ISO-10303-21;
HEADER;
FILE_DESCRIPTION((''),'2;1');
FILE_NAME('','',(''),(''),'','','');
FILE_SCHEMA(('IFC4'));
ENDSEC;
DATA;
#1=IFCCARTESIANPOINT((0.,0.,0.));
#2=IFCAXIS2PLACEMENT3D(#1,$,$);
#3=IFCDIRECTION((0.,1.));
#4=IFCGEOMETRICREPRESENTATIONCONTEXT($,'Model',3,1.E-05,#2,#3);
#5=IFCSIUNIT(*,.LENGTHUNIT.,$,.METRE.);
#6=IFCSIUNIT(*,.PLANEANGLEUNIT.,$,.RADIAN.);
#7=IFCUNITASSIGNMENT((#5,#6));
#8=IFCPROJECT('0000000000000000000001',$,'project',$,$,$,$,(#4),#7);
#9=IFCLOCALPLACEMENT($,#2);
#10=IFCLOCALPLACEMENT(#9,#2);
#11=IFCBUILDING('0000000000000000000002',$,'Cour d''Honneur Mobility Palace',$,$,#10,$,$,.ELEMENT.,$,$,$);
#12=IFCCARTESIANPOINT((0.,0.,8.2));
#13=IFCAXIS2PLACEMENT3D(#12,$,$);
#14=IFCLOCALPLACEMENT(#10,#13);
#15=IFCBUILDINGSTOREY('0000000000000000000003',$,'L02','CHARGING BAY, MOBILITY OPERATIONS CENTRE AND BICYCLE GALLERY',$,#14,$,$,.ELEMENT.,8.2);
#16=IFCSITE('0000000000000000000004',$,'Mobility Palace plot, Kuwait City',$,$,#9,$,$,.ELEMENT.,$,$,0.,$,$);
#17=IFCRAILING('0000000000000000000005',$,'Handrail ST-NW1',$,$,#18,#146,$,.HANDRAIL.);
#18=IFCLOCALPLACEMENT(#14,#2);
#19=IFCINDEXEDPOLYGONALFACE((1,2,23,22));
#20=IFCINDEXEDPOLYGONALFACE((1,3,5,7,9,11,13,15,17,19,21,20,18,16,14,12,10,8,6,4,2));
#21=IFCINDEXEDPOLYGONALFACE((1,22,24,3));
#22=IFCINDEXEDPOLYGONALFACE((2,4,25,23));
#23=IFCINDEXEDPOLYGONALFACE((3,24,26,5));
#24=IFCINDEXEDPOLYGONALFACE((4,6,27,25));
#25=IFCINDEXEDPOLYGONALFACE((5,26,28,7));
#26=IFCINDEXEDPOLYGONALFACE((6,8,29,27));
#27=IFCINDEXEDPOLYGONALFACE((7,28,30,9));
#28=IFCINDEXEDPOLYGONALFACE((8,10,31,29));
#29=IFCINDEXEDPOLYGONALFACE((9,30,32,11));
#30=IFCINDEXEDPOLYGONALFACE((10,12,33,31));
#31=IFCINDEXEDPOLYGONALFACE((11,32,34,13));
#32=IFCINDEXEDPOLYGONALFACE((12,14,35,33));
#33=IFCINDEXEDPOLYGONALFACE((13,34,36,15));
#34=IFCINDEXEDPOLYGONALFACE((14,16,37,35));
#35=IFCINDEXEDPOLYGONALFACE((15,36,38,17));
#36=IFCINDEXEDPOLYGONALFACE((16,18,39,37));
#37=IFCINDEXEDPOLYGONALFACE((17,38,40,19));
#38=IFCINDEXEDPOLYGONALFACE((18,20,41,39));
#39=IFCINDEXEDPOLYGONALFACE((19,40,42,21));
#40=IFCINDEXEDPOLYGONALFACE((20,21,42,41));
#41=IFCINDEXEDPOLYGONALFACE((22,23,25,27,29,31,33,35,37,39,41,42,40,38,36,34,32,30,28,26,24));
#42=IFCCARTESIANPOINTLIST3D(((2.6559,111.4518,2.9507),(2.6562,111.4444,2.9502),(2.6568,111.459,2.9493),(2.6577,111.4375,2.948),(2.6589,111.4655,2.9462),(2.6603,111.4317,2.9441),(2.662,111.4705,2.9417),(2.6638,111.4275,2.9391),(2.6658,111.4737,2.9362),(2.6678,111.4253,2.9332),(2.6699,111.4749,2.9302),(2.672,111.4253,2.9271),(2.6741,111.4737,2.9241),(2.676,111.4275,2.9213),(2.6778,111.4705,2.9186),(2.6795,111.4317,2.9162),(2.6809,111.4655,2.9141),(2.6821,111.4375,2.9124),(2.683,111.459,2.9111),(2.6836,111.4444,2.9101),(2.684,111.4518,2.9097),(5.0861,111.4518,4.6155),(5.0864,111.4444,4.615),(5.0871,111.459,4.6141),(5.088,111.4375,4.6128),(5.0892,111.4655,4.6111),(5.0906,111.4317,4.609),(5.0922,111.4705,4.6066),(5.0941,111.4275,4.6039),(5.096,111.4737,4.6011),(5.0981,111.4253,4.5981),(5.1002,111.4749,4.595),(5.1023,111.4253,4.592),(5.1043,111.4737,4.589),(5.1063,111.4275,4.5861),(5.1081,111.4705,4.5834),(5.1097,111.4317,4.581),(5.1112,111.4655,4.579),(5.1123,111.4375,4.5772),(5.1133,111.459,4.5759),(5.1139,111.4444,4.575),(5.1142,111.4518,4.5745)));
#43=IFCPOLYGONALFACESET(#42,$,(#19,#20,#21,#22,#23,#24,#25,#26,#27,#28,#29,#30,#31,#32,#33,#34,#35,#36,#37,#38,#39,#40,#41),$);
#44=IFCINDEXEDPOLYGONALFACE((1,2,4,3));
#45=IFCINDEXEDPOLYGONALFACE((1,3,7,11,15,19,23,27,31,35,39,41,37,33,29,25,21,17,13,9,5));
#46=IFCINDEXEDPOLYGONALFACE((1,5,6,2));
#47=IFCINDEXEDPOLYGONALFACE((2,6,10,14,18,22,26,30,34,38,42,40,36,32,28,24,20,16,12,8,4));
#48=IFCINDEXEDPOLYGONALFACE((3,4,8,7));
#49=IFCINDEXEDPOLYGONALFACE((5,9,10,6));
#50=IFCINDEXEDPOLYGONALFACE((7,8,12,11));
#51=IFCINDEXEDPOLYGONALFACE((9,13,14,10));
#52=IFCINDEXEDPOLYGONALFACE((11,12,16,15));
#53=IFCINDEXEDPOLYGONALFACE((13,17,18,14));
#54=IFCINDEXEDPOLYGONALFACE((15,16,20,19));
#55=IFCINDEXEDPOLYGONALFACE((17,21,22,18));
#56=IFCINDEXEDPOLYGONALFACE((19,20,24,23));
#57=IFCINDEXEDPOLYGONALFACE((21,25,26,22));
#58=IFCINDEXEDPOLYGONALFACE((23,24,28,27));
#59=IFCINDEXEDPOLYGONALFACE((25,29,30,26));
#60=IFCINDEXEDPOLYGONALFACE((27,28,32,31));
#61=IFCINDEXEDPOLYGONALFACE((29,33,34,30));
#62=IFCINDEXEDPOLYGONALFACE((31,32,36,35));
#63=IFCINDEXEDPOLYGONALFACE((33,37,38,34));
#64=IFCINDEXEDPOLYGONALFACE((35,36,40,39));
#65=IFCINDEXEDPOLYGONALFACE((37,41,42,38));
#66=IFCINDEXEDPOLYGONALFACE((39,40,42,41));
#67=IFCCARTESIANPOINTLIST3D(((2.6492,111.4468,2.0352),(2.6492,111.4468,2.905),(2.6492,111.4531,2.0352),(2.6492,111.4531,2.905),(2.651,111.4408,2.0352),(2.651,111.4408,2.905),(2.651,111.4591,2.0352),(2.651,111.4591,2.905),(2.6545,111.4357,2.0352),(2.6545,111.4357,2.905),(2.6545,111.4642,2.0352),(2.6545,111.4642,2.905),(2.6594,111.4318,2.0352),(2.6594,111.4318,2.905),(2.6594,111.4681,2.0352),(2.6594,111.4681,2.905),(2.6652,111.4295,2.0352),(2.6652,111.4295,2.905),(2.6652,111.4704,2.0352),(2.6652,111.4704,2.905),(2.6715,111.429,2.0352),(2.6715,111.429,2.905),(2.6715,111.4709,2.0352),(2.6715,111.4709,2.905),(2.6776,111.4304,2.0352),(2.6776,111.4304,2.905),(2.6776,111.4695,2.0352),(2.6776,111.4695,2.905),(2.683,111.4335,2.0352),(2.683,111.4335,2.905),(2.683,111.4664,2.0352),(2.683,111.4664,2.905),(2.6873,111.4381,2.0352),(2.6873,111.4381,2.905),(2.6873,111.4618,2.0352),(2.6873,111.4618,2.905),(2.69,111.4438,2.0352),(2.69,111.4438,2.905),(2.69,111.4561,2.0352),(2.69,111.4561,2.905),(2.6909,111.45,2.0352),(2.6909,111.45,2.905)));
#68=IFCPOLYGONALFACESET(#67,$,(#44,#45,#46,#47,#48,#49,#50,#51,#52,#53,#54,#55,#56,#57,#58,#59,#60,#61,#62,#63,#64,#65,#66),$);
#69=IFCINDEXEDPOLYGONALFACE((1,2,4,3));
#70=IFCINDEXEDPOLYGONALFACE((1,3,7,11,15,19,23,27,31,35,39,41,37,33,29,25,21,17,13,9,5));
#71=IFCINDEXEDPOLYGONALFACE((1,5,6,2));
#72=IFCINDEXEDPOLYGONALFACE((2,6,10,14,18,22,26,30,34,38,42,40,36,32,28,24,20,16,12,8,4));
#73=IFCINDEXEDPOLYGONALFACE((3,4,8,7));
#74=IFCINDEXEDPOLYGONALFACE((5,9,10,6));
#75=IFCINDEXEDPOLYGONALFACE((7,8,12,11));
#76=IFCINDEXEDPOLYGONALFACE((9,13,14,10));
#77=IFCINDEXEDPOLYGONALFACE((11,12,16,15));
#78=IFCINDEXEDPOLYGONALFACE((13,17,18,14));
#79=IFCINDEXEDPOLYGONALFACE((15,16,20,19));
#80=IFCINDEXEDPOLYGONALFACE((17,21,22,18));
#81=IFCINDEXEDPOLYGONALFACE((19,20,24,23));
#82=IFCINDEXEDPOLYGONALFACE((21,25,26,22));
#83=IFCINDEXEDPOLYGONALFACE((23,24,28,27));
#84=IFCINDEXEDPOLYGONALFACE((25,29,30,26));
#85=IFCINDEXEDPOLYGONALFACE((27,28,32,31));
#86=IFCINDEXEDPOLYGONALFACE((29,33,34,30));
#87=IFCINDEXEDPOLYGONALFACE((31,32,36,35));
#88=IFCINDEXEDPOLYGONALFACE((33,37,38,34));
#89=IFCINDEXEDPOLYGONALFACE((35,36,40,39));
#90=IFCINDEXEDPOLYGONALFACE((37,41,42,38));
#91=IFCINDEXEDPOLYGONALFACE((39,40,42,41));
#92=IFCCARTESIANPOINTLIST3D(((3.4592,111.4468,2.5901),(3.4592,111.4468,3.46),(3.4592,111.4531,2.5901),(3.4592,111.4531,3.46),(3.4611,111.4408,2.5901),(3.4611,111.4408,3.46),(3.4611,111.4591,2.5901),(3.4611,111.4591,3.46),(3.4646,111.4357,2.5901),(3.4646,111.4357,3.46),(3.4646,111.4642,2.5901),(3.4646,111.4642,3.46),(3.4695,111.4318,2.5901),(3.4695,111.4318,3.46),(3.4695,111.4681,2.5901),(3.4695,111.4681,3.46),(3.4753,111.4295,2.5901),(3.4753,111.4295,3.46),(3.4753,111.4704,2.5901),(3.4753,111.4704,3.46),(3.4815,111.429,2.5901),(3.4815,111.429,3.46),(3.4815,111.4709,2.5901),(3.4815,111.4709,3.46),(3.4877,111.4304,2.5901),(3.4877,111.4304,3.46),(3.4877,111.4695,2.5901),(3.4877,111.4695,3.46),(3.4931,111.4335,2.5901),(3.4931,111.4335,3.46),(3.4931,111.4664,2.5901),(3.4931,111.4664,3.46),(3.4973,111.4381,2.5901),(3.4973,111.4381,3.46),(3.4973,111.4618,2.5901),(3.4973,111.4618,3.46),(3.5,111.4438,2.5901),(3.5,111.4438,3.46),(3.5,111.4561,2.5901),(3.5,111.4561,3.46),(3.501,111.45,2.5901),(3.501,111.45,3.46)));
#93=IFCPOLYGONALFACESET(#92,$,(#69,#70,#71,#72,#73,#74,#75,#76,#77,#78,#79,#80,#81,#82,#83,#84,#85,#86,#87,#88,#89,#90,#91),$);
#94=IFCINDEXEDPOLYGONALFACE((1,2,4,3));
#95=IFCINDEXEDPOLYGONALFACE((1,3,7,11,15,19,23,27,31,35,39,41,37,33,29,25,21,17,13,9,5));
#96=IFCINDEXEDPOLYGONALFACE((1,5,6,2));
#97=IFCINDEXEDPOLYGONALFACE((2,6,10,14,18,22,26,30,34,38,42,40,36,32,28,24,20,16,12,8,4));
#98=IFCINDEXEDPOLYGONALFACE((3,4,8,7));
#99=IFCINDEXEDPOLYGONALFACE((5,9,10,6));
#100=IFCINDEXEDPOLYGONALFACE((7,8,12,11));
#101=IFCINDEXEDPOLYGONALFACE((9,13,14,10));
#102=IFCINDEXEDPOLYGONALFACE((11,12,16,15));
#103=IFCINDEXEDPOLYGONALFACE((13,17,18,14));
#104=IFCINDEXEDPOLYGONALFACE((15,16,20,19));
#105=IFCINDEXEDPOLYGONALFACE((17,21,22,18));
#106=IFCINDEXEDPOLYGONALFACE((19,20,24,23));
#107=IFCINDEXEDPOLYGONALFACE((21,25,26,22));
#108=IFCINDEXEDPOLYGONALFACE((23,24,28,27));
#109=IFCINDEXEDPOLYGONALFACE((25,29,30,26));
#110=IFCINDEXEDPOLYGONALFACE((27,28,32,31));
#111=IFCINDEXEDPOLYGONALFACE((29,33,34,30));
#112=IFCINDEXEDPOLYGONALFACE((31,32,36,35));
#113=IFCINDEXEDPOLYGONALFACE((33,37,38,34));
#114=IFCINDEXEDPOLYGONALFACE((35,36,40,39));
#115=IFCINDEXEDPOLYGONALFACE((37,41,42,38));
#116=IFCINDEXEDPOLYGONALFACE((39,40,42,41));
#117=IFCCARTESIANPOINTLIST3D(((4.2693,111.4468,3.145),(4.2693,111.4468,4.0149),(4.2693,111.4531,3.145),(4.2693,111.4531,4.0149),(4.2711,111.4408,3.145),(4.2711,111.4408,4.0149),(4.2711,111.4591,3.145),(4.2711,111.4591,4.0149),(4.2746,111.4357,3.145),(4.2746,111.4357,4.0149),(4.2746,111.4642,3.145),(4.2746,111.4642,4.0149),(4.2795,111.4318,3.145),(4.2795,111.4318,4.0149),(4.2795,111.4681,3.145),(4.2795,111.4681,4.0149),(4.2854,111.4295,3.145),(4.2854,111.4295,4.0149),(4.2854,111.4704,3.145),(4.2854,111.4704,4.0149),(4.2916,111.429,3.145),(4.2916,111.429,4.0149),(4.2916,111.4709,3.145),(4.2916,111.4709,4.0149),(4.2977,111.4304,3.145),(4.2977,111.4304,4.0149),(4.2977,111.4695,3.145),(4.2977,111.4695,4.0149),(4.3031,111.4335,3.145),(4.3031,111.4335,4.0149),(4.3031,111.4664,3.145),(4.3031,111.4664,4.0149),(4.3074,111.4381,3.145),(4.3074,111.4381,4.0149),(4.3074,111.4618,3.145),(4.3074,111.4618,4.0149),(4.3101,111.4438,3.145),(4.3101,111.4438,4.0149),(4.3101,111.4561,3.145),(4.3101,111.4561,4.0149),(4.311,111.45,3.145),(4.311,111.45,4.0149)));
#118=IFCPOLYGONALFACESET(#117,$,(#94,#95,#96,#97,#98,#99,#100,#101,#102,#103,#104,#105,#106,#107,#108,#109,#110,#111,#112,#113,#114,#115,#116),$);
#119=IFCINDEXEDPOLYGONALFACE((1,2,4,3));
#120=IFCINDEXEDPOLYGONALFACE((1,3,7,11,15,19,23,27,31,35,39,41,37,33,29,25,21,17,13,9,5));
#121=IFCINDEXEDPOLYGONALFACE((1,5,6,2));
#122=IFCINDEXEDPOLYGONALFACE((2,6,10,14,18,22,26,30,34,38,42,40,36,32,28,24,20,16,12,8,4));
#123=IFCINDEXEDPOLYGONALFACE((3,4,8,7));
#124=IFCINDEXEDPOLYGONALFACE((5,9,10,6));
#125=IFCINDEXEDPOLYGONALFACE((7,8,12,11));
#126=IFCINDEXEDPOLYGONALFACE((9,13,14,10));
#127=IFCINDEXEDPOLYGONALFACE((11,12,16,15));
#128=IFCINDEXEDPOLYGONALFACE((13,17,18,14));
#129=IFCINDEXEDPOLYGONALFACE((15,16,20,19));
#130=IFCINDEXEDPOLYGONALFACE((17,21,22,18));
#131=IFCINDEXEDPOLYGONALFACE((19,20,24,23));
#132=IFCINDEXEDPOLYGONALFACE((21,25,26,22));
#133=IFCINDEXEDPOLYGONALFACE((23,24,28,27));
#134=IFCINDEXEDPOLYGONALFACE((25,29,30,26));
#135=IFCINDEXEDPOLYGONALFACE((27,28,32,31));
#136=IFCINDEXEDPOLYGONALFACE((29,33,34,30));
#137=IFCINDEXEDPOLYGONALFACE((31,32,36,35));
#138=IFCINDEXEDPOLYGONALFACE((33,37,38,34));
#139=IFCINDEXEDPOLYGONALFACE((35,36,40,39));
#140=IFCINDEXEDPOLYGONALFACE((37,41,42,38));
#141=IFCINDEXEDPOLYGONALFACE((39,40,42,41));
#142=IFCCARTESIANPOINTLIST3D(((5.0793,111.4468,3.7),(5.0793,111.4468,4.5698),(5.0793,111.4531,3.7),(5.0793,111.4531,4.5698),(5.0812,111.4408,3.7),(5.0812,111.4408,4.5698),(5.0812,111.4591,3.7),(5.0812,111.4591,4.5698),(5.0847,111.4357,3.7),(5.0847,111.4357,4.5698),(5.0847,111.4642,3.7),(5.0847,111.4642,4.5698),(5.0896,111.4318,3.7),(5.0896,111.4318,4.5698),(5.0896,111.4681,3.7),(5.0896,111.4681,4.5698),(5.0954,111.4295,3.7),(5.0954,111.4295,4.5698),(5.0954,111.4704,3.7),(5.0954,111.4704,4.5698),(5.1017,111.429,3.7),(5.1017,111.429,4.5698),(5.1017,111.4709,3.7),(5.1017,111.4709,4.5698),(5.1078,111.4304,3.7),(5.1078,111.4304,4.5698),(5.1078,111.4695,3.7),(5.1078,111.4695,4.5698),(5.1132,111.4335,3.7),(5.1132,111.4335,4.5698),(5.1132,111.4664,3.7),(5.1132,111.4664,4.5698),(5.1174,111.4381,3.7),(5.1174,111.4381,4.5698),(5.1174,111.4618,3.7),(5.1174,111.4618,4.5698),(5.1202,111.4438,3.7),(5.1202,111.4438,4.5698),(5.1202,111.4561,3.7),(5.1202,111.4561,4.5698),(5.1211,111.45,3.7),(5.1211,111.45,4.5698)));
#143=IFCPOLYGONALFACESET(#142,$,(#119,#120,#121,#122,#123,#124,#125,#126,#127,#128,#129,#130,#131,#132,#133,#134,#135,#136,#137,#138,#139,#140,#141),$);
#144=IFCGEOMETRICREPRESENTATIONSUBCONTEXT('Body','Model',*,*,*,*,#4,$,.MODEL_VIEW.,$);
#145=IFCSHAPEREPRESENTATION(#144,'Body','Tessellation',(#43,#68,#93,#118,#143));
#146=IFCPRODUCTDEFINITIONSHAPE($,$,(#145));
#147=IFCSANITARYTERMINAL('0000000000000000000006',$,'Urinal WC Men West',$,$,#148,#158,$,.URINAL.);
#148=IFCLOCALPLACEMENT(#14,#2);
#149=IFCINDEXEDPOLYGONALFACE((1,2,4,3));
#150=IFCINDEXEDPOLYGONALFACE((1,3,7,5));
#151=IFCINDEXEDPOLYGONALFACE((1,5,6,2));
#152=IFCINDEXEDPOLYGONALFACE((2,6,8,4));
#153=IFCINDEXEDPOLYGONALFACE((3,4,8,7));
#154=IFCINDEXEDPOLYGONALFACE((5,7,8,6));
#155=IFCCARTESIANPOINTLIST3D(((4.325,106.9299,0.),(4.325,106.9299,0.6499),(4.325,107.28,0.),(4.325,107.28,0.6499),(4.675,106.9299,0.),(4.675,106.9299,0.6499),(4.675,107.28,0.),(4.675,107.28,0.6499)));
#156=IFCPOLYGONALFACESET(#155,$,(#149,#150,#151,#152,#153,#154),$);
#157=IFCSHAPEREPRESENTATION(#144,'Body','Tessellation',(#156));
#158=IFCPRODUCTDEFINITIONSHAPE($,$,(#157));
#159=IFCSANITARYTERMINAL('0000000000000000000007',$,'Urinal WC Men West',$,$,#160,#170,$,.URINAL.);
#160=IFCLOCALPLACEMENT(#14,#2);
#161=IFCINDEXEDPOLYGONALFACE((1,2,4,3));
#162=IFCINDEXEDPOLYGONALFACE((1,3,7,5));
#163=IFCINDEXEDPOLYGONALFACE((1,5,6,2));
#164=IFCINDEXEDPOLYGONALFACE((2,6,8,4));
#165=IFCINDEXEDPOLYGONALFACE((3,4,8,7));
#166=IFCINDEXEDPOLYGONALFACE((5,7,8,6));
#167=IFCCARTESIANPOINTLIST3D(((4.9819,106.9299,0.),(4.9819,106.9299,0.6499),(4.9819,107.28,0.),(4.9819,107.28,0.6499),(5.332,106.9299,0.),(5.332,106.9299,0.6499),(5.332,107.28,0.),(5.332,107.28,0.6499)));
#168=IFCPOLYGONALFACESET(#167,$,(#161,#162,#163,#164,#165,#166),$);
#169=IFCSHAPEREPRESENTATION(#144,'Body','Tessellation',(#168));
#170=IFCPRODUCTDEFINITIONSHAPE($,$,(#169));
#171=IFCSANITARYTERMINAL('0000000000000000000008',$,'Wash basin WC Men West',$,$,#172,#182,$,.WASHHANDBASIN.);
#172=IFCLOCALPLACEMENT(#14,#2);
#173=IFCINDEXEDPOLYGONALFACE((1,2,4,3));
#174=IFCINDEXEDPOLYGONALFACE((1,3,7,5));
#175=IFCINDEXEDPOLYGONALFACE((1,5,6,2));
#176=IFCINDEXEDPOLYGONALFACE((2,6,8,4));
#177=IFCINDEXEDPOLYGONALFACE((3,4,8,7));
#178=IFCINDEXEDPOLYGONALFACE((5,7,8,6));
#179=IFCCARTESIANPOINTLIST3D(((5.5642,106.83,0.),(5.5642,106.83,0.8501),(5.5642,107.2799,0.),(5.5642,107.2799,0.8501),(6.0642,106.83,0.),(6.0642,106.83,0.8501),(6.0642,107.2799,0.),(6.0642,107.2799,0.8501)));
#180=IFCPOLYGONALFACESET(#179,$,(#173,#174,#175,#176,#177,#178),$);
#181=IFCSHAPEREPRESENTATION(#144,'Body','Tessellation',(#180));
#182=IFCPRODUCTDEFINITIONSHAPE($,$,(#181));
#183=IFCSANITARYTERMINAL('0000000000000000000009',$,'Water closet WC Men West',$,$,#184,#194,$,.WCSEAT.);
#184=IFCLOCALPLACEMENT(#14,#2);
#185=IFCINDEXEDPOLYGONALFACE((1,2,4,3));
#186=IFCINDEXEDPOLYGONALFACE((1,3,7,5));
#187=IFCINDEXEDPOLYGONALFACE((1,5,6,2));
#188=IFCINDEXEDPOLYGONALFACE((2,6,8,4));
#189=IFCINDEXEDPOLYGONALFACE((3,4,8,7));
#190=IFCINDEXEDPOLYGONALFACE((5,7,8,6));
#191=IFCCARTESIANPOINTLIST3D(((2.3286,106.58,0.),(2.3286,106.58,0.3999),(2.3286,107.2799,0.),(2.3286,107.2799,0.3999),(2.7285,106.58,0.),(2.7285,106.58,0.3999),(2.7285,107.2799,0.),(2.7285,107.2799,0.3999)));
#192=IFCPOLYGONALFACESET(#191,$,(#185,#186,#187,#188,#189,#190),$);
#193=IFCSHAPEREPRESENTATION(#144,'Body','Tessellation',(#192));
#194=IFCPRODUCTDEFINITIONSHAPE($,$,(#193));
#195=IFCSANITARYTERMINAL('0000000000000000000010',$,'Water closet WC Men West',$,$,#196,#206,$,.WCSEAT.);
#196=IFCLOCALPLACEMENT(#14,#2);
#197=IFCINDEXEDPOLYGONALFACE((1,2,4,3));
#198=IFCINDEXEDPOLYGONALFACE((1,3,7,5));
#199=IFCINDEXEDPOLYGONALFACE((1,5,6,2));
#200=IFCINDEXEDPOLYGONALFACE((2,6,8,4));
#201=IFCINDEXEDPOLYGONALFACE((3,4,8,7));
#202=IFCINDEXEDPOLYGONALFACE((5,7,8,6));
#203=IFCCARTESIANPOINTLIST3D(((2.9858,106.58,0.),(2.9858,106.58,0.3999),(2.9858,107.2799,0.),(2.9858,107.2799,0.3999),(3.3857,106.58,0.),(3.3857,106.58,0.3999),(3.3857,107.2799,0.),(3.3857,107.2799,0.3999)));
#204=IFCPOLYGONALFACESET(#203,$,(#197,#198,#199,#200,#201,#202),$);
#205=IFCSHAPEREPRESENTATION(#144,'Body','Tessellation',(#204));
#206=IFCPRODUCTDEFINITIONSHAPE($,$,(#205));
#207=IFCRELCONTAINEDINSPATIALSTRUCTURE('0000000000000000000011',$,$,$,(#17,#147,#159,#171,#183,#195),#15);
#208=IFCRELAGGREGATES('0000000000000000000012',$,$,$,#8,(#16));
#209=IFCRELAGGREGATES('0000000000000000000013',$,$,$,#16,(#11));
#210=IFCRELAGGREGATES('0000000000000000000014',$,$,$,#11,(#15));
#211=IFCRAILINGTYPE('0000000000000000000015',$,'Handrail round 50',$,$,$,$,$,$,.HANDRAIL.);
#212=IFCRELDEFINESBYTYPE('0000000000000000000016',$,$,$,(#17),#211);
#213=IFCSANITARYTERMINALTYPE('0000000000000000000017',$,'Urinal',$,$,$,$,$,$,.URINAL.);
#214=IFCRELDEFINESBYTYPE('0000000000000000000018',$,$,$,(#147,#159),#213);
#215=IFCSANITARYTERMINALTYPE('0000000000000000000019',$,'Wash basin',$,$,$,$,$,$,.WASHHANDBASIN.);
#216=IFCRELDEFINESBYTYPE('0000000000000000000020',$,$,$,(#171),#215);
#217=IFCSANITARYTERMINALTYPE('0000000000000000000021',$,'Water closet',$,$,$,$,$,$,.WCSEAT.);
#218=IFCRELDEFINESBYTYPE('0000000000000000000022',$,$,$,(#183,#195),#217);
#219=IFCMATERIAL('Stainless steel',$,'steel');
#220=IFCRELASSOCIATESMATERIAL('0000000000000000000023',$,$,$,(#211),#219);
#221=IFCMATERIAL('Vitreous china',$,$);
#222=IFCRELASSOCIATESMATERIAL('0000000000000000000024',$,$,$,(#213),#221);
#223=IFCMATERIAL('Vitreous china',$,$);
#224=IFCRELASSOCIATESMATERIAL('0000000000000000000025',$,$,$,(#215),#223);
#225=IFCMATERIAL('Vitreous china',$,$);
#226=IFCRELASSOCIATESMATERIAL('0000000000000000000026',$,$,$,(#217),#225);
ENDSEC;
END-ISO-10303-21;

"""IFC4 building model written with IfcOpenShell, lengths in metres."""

from ifc_helpers import new_model, si_unit, direction, frame, origin, origin_2d, place, context, subcontext, project, spatial, rectangle, circle, extrude, material, type_object, element, save


model = new_model("IFC4")

# Units and contexts
model_context = context("Model", 3, precision=1e-05, world=origin(), true_north=direction((0.0, 1.0)))
body_context = subcontext(model_context, "Body", "Model", "MODEL_VIEW")
ifc_project = project(units=[si_unit("LENGTHUNIT", "METRE"), si_unit("PLANEANGLEUNIT", "RADIAN")], contexts=[model_context])

# Site, building, storey
site_placement = place(None, origin())
site = spatial("IfcSite", under=ifc_project, at=site_placement, Name="Mobility Palace plot, Kuwait City", CompositionType="ELEMENT", RefElevation=0.0)
building_placement = place(site_placement, origin())
building = spatial("IfcBuilding", under=site, at=building_placement, Name="Cour d'Honneur Mobility Palace", CompositionType="ELEMENT")
storey_placement = place(building_placement, frame((0.0, 0.0, 8.2)))
storey = spatial("IfcBuildingStorey", under=building, at=storey_placement, Name="L02", Description="CHARGING BAY, MOBILITY OPERATIONS CENTRE AND BICYCLE GALLERY", CompositionType="ELEMENT", Elevation=8.2)

# Railing
ifc_material_1 = material(Name="Stainless steel", Category="steel")
railing_type = type_object("IfcRailingType", Name="Handrail round 50", PredefinedType="HANDRAIL", material=ifc_material_1)
for number, where, name in (
    (1, (2.6699, 111.45, 2.0352), "Handrail ST-NW1"),
):
    element("IfcRailing", number, at=place(storey_placement, frame(where)), inside=storey, type_object=railing_type, Name=name, PredefinedType="HANDRAIL", context=body_context, shape_type="SweptSolid", body=[
        extrude(circle(Radius=0.0249, at=origin_2d()), frame((0.0, 0.0, 0.895), z_axis=(0.824984, 0.0, 0.565156), x_axis=(0.0, 1.0, 0.0)), (0.0, 0.0, 1.0), 2.9458),
        extrude(circle(Radius=0.021, at=origin_2d()), origin(), (0.0, 0.0, 1.0), 0.8699),
        extrude(circle(Radius=0.021, at=origin_2d()), frame((0.8101, 0.0, 0.5549)), (0.0, 0.0, 1.0), 0.8699),
        extrude(circle(Radius=0.021, at=origin_2d()), frame((1.6201, 0.0, 1.1099)), (0.0, 0.0, 1.0), 0.8699),
        extrude(circle(Radius=0.021, at=origin_2d()), frame((2.4302, 0.0, 1.6648)), (0.0, 0.0, 1.0), 0.8699),
    ])

# Sanitary terminals
ifc_material_2 = material(Name="Vitreous china")
sanitary_terminal_type_1 = type_object("IfcSanitaryTerminalType", Name="Urinal", PredefinedType="URINAL", material=ifc_material_2)
for number, where, z_axis, x_axis, name in (
    (2, (4.5, 107.105, 0.0), (0.0, 0.0, 1.0), (1.0, 0.0, 0.0), "Urinal WC Men West"),
    (3, (5.157, 107.105, 0.0), (0.0, 0.0, 1.0), (1.0, 0.0, 0.0), "Urinal WC Men West"),
):
    element("IfcSanitaryTerminal", number, at=place(storey_placement, frame(where, z_axis=z_axis, x_axis=x_axis)), inside=storey, type_object=sanitary_terminal_type_1, Name=name, PredefinedType="URINAL", context=body_context, shape_type="SweptSolid", body=[
        extrude(rectangle(XDim=0.3501, YDim=0.3501, at=origin_2d()), origin(), (0.0, 0.0, 1.0), 0.6499),
    ])
ifc_material_3 = material(Name="Vitreous china")
sanitary_terminal_type_2 = type_object("IfcSanitaryTerminalType", Name="Wash basin", PredefinedType="WASHHANDBASIN", material=ifc_material_3)
sanitary_terminal_placement = place(storey_placement, frame((5.8142, 107.0549, 0.0), z_axis=(0.0, 0.0, 1.0), x_axis=(1.0, 0.0, 0.0)))
element("IfcSanitaryTerminal", 4, at=sanitary_terminal_placement, inside=storey, type_object=sanitary_terminal_type_2, Name="Wash basin WC Men West", PredefinedType="WASHHANDBASIN", context=body_context, shape_type="SweptSolid", body=[
    extrude(rectangle(XDim=0.5, YDim=0.45, at=origin_2d()), origin(), (0.0, 0.0, 1.0), 0.8501),
])
ifc_material_4 = material(Name="Vitreous china")
sanitary_terminal_type_3 = type_object("IfcSanitaryTerminalType", Name="Water closet", PredefinedType="WCSEAT", material=ifc_material_4)
for number, where, z_axis, x_axis, name in (
    (5, (2.5286, 106.9299, 0.0), (0.0, 0.0, 1.0), (1.0, 0.0, 0.0), "Water closet WC Men West"),
    (6, (3.1858, 106.9299, 0.0), (0.0, 0.0, 1.0), (1.0, 0.0, 0.0), "Water closet WC Men West"),
):
    element("IfcSanitaryTerminal", number, at=place(storey_placement, frame(where, z_axis=z_axis, x_axis=x_axis)), inside=storey, type_object=sanitary_terminal_type_3, Name=name, PredefinedType="WCSEAT", context=body_context, shape_type="SweptSolid", body=[
        extrude(rectangle(XDim=0.3999, YDim=0.7, at=origin_2d()), origin(), (0.0, 0.0, 1.0), 0.3999),
    ])

save(model, "model.ifc")
